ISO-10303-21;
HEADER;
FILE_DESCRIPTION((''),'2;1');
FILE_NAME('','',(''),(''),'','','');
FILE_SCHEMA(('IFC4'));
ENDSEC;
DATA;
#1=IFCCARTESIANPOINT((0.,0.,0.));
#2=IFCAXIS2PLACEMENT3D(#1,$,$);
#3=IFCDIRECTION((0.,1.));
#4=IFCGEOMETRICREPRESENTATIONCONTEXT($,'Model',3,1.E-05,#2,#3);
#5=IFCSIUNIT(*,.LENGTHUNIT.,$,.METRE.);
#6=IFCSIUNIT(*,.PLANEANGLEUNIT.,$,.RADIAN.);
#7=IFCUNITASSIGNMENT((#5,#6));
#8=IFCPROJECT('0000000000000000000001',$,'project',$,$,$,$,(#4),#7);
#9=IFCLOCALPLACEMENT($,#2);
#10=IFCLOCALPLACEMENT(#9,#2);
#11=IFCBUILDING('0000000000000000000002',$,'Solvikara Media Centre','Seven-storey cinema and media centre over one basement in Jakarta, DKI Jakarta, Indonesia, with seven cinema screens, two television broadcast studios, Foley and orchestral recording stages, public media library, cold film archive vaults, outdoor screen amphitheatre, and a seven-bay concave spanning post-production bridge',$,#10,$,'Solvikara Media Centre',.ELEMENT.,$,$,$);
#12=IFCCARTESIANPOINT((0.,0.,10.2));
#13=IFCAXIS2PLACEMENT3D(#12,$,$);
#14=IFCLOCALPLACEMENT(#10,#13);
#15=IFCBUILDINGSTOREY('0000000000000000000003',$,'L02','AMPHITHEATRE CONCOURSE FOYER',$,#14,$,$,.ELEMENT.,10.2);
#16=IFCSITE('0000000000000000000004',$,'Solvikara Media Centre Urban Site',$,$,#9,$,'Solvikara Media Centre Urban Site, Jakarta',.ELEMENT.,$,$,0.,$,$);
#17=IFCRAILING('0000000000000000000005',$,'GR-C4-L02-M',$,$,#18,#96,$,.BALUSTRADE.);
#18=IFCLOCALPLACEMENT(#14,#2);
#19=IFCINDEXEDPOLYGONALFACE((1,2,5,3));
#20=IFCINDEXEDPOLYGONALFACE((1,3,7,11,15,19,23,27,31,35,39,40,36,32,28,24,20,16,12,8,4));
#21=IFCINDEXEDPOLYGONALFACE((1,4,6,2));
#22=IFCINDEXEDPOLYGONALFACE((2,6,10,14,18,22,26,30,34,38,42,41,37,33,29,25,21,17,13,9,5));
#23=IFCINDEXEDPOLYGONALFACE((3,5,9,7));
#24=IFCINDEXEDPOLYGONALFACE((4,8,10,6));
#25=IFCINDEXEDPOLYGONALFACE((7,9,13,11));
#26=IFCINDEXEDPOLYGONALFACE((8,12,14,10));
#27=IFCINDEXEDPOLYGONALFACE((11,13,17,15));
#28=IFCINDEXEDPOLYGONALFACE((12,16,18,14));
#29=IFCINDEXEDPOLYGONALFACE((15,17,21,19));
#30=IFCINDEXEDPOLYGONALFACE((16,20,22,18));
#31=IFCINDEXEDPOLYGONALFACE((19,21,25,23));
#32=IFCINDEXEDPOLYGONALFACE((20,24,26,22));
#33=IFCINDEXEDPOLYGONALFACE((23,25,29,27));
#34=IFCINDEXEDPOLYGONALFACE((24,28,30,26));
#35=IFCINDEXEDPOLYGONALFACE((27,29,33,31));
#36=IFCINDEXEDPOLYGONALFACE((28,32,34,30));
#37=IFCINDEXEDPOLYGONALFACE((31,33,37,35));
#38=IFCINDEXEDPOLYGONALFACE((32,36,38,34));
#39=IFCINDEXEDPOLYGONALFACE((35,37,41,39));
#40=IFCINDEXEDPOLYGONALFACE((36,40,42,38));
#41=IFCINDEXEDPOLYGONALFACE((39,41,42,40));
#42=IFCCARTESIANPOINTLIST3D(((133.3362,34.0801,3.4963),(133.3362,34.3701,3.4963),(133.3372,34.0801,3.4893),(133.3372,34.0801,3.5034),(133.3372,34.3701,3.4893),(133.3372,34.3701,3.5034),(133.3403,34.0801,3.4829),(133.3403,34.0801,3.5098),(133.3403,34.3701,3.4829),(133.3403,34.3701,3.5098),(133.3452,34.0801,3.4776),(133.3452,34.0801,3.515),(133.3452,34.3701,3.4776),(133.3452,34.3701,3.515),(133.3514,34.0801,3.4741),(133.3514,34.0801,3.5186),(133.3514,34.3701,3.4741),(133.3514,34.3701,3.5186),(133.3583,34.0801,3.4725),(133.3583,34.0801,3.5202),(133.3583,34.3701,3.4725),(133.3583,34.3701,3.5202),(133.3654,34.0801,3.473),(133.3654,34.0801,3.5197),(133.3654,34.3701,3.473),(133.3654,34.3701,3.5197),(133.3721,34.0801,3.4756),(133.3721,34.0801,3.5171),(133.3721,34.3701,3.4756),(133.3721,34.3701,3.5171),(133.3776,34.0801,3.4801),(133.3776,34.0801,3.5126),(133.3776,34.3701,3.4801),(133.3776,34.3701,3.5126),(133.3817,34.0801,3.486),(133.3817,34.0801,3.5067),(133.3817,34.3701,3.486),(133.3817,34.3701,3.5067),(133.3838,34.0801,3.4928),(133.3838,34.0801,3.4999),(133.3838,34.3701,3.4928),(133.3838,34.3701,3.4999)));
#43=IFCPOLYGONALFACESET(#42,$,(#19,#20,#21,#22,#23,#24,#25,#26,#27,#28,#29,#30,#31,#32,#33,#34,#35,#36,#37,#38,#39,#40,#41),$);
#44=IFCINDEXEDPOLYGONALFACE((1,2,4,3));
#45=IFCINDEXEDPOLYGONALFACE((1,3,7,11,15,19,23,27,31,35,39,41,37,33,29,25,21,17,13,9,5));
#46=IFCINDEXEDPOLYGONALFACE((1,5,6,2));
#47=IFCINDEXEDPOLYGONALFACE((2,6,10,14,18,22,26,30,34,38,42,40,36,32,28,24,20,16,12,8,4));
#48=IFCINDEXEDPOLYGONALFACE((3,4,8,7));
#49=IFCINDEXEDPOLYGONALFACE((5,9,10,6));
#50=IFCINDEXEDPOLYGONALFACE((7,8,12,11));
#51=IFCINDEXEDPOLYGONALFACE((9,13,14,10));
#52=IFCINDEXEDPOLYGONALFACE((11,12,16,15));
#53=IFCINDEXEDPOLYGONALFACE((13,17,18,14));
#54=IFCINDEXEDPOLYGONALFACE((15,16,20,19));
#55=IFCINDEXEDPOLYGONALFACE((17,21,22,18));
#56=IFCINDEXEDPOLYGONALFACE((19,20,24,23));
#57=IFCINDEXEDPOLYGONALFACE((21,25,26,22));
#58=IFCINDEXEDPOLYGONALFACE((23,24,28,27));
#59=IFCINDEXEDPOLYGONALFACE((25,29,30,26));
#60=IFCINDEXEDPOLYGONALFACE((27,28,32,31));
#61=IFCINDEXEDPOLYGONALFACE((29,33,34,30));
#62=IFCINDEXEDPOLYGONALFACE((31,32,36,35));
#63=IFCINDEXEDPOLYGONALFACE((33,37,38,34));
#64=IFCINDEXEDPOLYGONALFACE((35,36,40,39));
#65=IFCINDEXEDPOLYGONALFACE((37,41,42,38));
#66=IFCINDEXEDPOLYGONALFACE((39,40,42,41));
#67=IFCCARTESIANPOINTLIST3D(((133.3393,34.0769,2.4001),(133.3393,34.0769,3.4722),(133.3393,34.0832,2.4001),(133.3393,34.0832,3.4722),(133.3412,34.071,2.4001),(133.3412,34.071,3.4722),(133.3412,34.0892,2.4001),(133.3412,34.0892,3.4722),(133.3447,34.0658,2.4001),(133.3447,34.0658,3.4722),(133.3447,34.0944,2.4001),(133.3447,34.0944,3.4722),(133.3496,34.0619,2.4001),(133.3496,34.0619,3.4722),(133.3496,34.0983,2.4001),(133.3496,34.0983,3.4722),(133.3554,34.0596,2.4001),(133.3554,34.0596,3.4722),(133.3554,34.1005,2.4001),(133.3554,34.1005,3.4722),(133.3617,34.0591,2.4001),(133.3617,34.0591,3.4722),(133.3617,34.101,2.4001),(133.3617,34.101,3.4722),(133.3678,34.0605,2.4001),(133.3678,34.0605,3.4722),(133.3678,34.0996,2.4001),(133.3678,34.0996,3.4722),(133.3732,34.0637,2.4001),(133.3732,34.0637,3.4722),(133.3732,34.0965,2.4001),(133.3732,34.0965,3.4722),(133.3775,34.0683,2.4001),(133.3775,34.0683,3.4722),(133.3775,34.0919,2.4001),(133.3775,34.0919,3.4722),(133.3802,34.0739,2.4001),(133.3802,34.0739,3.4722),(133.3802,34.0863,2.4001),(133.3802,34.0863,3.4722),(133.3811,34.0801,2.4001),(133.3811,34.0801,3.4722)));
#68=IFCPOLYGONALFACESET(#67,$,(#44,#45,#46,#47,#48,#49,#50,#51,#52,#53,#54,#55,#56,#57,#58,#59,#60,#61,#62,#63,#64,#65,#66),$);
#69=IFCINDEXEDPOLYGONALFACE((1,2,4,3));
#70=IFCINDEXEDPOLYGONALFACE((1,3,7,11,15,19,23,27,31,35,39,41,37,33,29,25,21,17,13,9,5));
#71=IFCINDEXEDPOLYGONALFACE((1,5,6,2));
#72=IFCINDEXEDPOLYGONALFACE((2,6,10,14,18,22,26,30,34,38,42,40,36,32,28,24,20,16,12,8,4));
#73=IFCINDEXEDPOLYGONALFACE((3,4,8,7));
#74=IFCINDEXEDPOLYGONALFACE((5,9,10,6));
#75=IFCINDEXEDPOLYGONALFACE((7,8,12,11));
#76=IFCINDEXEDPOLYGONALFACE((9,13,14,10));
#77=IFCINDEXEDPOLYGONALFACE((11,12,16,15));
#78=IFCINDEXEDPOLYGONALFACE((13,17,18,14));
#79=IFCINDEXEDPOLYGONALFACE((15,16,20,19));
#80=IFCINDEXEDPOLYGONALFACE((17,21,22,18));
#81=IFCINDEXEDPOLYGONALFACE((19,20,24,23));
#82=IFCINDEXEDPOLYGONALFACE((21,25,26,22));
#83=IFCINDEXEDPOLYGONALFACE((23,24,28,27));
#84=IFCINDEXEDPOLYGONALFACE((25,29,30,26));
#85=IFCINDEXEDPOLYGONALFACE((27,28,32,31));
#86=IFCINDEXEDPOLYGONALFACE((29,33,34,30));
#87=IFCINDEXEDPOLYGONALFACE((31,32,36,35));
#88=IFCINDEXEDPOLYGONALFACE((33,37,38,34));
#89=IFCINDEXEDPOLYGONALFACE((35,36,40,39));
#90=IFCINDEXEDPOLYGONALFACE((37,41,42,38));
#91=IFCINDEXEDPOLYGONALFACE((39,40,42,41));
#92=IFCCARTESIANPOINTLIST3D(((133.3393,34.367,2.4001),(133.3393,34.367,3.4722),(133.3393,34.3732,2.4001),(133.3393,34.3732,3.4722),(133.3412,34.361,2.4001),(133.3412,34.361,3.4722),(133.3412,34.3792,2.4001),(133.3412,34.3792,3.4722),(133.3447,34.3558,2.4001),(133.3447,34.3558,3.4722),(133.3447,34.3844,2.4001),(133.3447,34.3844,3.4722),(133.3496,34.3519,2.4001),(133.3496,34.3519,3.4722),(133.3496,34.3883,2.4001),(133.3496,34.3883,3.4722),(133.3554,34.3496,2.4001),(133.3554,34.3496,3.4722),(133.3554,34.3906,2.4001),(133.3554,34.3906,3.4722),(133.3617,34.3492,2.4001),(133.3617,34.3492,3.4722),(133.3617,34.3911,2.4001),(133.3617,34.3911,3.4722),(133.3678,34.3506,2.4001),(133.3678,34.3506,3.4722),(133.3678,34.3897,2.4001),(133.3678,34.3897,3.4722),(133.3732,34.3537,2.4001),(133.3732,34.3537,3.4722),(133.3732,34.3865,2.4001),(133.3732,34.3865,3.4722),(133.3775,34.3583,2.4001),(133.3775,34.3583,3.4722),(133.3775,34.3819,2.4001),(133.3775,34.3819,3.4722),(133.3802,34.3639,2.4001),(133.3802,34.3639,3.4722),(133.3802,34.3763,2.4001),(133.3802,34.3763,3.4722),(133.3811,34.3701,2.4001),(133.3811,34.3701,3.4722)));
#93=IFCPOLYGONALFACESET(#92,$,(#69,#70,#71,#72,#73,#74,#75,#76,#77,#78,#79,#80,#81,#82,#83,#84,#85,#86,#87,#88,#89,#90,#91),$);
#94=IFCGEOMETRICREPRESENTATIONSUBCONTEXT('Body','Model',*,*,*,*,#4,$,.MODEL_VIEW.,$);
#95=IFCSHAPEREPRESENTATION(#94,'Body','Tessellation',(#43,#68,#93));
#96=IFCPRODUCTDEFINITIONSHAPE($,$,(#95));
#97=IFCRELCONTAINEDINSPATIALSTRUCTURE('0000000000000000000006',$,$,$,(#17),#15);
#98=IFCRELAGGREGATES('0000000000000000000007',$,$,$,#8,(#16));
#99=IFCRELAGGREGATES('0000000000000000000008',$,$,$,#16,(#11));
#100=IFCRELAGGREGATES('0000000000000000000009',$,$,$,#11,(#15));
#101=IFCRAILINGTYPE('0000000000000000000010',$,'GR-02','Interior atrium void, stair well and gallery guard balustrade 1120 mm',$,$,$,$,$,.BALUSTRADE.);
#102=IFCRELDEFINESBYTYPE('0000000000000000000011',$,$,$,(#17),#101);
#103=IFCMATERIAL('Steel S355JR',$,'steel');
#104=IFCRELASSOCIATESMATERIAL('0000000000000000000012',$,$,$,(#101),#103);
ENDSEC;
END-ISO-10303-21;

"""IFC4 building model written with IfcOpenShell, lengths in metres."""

from ifc_helpers import new_model, si_unit, direction, frame, origin, origin_2d, place, context, subcontext, project, spatial, circle, extrude, material, type_object, element, save


model = new_model("IFC4")

# Units and contexts
model_context = context("Model", 3, precision=1e-05, world=origin(), true_north=direction((0.0, 1.0)))
body_context = subcontext(model_context, "Body", "Model", "MODEL_VIEW")
ifc_project = project(units=[si_unit("LENGTHUNIT", "METRE"), si_unit("PLANEANGLEUNIT", "RADIAN")], contexts=[model_context])

# Site, building, storey
site_placement = place(None, origin())
site = spatial("IfcSite", under=ifc_project, at=site_placement, Name="Solvikara Media Centre Urban Site", LongName="Solvikara Media Centre Urban Site, Jakarta", CompositionType="ELEMENT", RefElevation=0.0)
building_placement = place(site_placement, origin())
building = spatial("IfcBuilding", under=site, at=building_placement, Name="Solvikara Media Centre", Description="Seven-storey cinema and media centre over one basement in Jakarta, DKI Jakarta, Indonesia, with seven cinema screens, two television broadcast studios, Foley and orchestral recording stages, public media library, cold film archive vaults, outdoor screen amphitheatre, and a seven-bay concave spanning post-production bridge", LongName="Solvikara Media Centre", CompositionType="ELEMENT")
storey_placement = place(building_placement, frame((0.0, 0.0, 10.2)))
storey = spatial("IfcBuildingStorey", under=building, at=storey_placement, Name="L02", Description="AMPHITHEATRE CONCOURSE FOYER", CompositionType="ELEMENT", Elevation=10.2)

# Shared definitions
ifc_material_1 = material(Name="Steel S355JR", Category="steel")

# Railing
railing_type_1 = type_object("IfcRailingType", Name="GR-02", Description="Interior atrium void, stair well and gallery guard balustrade 1120 mm", PredefinedType="BALUSTRADE", material=ifc_material_1)
railing_1_placement = place(storey_placement, frame((133.3601, 34.0801, 2.4001)))
element("IfcRailing", 1, at=railing_1_placement, inside=storey, type_object=railing_type_1, Name="GR-C4-L02-M", PredefinedType="BALUSTRADE", context=body_context, shape_type="SweptSolid", body=[
    extrude(circle(Radius=0.0239, at=origin_2d()), frame((0.0, 0.0, 1.0962), z_axis=(0.0, 1.0, 0.0), x_axis=(-1.0, 0.0, 0.0)), (0.0, 0.0, 1.0), 0.29),
    extrude(circle(Radius=0.021, at=origin_2d()), origin(), (0.0, 0.0, 1.0), 1.072),
    extrude(circle(Radius=0.021, at=origin_2d()), frame((0.0, 0.29, 0.0)), (0.0, 0.0, 1.0), 1.072),
])

save(model, "model.ifc")
